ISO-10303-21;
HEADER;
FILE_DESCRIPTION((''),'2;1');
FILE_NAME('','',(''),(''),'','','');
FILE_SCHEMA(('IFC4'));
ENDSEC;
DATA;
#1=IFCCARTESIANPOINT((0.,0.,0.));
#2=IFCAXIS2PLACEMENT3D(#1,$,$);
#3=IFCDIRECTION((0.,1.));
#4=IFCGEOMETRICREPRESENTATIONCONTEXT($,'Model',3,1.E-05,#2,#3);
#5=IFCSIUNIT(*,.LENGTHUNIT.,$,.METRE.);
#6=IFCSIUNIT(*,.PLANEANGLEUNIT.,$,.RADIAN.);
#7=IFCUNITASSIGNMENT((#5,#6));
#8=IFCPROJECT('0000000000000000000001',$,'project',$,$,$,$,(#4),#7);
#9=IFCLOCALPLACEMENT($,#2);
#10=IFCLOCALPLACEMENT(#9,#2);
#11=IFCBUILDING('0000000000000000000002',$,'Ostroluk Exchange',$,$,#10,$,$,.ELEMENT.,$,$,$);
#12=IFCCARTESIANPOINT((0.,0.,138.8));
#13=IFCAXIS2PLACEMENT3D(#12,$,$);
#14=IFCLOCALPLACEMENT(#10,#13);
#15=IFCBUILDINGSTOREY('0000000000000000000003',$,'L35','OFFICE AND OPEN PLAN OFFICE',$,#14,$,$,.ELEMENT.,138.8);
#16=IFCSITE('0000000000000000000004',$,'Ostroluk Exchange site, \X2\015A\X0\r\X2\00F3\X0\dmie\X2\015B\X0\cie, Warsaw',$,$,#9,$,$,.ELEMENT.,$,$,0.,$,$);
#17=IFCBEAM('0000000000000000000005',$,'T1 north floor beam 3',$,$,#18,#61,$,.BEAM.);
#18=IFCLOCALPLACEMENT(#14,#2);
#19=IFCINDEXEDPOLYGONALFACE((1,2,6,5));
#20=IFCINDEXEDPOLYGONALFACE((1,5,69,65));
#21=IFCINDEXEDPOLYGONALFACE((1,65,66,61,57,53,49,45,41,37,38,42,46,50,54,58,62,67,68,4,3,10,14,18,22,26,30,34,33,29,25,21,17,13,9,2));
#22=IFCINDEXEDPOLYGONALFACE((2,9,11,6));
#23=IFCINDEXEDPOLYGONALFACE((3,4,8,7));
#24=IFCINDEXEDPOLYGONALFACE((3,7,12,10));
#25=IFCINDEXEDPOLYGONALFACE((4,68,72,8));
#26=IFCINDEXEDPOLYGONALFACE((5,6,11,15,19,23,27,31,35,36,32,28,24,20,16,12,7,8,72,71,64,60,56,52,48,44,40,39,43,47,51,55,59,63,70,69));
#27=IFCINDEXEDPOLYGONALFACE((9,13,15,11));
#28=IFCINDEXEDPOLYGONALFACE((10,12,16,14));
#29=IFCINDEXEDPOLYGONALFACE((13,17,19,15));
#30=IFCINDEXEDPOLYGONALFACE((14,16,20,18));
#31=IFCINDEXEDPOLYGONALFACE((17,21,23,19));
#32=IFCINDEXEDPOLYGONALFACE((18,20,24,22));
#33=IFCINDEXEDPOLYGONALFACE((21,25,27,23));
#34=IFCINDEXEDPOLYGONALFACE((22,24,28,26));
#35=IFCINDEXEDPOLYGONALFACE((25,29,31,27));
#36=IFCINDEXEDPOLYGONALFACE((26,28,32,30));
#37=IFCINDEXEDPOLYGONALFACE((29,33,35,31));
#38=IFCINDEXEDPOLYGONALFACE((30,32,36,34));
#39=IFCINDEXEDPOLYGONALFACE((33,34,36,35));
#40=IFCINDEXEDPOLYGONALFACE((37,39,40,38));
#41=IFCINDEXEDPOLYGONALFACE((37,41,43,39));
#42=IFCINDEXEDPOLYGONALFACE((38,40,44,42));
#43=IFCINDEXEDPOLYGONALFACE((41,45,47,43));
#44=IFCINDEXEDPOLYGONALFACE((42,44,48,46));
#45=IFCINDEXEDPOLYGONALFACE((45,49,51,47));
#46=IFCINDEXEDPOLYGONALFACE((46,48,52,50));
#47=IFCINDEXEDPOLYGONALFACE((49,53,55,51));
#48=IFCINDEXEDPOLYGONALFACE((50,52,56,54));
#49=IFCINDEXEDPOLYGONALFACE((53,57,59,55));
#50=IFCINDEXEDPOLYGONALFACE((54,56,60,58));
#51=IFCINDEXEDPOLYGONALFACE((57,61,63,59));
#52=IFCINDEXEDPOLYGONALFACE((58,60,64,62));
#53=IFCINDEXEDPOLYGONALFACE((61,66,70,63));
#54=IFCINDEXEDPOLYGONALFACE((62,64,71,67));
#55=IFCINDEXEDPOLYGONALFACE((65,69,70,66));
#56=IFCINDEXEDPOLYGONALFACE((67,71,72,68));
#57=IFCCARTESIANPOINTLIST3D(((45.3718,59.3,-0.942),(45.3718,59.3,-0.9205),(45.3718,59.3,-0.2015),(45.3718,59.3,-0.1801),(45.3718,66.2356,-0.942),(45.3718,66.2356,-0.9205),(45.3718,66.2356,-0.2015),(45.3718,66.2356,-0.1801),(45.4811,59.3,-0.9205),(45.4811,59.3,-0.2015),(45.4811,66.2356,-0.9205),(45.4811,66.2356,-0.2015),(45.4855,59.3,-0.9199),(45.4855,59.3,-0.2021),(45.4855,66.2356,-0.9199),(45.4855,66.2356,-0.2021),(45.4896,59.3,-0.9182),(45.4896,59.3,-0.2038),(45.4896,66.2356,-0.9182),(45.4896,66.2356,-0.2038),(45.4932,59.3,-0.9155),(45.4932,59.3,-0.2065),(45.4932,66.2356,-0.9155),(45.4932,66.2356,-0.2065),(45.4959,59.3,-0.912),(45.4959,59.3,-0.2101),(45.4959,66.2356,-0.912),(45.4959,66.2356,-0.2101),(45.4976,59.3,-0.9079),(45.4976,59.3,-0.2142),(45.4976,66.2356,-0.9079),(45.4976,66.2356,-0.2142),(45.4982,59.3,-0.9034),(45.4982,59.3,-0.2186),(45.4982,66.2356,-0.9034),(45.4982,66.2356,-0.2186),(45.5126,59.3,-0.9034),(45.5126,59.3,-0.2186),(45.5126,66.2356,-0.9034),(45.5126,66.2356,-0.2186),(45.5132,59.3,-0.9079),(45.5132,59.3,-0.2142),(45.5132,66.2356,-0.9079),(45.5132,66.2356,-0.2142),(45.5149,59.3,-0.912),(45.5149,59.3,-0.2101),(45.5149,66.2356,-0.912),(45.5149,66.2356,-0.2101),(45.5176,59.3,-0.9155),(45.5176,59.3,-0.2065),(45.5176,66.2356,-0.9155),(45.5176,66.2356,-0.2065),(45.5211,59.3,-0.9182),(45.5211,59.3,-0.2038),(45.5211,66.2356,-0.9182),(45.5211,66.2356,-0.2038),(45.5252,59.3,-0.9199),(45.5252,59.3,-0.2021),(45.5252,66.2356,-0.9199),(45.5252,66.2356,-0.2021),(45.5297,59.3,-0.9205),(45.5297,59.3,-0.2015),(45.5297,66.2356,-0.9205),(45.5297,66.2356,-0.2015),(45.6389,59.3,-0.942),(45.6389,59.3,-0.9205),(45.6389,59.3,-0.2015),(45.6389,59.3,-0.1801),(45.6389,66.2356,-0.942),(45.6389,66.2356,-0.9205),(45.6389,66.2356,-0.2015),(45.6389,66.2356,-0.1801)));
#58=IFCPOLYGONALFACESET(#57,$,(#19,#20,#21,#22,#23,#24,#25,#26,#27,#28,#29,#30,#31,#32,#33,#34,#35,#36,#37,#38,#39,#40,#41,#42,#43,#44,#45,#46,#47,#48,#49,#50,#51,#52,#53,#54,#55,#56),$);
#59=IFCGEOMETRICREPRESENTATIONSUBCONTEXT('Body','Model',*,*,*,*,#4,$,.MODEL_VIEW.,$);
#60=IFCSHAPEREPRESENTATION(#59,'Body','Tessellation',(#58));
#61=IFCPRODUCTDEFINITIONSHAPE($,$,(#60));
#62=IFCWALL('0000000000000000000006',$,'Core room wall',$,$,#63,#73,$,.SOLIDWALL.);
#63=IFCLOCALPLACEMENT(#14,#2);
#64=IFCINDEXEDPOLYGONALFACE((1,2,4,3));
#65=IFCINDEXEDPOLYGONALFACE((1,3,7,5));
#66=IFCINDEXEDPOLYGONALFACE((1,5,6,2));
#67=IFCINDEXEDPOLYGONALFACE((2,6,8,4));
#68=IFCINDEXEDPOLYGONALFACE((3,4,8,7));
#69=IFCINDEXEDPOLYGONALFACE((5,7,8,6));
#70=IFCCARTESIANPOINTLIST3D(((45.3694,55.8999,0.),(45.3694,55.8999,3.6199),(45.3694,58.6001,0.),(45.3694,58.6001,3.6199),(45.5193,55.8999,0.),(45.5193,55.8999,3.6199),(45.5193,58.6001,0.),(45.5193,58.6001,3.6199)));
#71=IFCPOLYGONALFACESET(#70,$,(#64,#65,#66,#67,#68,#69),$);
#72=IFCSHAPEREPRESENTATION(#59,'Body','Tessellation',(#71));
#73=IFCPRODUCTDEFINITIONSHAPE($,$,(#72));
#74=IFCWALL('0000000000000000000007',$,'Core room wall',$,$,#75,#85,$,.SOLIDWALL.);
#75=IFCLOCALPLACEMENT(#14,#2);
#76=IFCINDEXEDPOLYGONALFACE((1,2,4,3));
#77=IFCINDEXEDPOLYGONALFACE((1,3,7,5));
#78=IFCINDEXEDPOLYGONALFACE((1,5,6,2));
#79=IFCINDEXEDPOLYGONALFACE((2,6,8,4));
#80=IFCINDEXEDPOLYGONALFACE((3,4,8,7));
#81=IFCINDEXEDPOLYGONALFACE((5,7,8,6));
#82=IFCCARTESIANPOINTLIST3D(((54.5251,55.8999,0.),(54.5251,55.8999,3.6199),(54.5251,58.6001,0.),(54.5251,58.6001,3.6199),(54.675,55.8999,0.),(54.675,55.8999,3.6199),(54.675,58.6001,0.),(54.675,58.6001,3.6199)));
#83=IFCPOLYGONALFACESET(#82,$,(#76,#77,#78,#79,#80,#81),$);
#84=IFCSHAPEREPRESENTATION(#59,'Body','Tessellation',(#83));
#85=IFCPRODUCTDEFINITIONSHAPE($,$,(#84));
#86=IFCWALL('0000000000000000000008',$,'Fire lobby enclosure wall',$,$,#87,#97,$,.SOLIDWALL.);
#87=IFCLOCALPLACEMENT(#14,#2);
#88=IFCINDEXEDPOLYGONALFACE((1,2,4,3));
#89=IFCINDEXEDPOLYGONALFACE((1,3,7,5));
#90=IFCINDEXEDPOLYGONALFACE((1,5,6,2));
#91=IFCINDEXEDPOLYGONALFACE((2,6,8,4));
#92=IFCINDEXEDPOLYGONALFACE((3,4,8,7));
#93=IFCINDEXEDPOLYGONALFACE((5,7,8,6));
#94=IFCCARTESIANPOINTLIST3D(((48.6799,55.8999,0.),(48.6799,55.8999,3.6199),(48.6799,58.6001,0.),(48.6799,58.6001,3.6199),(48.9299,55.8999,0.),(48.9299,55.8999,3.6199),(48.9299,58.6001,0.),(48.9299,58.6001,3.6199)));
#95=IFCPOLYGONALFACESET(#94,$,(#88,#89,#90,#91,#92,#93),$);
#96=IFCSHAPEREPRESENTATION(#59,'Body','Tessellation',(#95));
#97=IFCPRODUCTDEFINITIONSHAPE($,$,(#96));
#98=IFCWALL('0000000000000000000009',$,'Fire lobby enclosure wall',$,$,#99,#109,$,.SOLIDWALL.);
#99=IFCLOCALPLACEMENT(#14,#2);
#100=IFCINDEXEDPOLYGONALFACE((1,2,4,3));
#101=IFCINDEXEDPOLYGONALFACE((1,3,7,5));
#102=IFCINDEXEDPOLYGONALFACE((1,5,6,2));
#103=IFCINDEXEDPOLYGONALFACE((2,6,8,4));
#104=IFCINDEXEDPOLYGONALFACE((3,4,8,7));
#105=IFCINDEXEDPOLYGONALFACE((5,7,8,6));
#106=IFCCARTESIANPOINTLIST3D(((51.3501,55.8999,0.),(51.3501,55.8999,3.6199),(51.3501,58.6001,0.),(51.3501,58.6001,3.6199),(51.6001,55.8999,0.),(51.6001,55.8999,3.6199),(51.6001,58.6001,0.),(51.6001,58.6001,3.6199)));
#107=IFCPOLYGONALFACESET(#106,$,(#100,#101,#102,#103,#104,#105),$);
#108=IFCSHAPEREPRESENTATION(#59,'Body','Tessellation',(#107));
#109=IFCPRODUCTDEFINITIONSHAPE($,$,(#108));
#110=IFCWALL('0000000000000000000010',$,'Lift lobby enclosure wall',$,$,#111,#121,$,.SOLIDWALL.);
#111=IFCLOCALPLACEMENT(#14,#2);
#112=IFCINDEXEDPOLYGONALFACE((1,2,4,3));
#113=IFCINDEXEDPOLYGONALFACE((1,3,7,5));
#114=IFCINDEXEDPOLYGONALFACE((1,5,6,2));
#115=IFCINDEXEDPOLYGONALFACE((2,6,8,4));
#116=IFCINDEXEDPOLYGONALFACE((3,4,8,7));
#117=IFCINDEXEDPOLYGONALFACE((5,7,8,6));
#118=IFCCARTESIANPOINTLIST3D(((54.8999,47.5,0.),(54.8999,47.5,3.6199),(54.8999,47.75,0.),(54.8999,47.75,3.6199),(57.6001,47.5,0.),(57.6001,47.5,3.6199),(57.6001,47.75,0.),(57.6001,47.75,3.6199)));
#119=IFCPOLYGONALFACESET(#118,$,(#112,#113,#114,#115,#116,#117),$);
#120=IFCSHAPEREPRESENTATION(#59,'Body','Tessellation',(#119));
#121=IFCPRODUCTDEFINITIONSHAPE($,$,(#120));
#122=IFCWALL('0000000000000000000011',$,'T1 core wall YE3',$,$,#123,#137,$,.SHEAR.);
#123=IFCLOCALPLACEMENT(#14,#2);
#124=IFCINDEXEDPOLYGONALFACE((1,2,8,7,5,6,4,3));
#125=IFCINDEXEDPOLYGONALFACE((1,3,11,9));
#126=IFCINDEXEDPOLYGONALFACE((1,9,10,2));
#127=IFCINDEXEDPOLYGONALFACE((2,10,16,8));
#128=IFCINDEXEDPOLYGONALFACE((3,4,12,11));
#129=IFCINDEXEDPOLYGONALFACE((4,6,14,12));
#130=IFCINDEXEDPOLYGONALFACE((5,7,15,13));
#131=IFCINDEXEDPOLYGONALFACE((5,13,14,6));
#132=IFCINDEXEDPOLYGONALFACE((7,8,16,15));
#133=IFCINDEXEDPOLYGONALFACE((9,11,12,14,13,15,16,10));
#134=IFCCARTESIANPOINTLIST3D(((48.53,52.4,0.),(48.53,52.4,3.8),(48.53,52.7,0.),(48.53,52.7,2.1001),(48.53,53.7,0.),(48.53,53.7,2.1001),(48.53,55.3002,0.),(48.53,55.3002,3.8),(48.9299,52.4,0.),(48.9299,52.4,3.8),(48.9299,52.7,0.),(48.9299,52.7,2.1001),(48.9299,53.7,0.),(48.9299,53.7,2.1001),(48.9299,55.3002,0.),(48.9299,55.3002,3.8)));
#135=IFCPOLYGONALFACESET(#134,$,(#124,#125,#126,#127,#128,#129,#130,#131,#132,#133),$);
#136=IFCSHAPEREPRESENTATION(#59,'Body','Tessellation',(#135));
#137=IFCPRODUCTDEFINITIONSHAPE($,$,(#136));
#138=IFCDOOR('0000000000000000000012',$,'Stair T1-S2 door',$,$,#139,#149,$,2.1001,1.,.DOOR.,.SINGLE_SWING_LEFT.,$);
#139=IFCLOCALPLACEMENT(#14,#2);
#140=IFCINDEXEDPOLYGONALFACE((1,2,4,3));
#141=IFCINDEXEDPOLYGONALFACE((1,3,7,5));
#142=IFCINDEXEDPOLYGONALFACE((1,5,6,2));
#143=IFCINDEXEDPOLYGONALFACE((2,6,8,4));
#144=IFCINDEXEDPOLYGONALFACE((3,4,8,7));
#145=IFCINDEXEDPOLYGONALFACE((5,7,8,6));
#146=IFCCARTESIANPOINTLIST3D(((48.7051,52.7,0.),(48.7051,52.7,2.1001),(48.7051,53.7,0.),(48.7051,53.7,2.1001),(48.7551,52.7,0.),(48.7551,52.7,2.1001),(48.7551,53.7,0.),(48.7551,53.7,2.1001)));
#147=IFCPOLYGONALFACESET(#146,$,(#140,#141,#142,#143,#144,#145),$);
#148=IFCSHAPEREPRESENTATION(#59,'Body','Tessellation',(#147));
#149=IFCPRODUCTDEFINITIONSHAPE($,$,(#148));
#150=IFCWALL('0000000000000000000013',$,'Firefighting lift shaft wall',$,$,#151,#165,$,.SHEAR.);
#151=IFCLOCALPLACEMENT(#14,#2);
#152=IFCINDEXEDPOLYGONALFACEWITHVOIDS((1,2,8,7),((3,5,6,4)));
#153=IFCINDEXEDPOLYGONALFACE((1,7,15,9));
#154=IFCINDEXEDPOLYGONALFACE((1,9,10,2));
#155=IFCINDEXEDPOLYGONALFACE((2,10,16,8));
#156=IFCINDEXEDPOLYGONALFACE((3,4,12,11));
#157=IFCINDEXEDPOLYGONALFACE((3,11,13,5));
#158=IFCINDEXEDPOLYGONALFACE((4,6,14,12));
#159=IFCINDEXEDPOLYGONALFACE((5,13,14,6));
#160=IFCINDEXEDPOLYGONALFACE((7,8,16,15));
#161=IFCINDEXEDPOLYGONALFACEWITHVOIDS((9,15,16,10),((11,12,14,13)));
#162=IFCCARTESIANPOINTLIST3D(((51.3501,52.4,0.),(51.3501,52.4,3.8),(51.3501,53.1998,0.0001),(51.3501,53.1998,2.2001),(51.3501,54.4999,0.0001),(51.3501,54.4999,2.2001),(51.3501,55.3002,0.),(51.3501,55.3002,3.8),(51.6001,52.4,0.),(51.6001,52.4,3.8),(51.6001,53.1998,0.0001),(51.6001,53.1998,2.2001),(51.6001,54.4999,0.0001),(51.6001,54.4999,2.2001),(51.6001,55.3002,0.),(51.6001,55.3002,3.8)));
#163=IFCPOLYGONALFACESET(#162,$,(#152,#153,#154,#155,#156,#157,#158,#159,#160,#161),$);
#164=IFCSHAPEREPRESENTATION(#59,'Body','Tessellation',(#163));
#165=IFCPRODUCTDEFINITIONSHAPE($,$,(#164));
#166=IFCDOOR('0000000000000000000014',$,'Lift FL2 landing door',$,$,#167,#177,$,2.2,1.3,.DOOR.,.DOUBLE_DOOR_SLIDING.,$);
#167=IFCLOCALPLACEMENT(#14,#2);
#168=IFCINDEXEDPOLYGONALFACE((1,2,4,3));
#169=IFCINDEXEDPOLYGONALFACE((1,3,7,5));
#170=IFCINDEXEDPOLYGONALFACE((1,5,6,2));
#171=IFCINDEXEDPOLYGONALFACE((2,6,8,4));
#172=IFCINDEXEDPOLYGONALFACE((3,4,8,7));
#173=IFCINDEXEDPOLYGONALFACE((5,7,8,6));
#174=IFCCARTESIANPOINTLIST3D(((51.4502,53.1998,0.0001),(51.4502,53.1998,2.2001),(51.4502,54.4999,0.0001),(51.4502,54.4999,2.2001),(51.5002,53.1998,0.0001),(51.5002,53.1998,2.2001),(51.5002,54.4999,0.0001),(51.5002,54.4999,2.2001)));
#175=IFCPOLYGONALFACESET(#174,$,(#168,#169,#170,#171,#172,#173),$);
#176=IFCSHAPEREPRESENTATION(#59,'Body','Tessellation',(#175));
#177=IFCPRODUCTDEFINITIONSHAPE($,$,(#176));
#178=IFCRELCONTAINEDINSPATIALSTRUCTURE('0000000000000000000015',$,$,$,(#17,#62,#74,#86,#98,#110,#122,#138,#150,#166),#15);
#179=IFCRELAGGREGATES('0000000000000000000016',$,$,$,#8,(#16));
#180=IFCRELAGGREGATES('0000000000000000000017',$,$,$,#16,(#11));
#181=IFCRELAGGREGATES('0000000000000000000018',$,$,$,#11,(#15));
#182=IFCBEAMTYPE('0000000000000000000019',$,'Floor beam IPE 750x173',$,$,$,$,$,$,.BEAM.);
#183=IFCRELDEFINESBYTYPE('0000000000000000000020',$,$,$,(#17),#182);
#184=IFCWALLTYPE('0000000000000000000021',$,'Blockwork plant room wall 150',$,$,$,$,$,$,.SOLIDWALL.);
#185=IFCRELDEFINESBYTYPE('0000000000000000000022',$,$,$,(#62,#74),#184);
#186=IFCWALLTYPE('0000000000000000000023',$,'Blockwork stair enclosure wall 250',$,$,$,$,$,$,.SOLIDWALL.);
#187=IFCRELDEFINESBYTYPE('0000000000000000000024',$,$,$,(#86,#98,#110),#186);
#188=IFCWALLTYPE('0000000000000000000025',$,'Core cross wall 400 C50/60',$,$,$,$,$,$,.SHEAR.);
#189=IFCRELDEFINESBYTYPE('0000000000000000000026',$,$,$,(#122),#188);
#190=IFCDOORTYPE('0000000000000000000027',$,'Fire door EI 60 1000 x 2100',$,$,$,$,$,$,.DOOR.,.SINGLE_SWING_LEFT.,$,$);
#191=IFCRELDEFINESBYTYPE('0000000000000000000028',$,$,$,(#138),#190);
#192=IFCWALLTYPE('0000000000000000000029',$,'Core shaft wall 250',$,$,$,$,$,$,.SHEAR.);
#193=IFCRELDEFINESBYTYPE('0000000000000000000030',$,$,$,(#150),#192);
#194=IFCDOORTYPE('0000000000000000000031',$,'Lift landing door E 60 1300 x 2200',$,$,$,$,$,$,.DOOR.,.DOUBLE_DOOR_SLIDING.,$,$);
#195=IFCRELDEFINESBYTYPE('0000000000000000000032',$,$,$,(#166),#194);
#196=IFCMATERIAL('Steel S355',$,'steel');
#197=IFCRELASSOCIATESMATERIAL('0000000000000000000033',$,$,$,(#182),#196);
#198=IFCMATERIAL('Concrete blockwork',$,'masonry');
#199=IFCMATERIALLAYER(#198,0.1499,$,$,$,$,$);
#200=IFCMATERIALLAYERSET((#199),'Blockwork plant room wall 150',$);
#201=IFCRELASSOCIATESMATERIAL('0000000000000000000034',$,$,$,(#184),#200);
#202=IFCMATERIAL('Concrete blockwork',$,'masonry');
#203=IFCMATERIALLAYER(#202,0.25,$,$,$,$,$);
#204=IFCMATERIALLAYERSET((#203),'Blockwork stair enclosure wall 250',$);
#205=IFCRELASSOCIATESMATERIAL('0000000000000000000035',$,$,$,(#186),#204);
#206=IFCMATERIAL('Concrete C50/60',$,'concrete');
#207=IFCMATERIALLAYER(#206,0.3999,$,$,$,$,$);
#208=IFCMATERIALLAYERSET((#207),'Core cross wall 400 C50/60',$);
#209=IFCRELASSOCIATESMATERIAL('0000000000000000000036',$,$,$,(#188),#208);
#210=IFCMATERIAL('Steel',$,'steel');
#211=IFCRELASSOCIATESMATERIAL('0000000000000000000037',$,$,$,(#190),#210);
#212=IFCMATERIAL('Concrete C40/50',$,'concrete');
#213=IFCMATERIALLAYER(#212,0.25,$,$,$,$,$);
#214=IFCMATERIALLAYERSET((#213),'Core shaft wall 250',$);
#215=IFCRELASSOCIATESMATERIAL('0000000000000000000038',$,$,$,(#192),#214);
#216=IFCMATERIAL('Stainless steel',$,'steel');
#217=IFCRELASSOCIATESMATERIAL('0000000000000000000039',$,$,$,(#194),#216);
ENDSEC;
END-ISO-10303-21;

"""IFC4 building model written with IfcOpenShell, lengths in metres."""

from ifc_helpers import new_model, si_unit, direction, frame, frame_2d, origin, origin_2d, place, context, subcontext, project, spatial, rectangle, i_section, extrude, material, layer, layer_set, material_profile, profile_set, type_object, element, fill, save


model = new_model("IFC4")

# Units and contexts
model_context = context("Model", 3, precision=1e-05, world=origin(), true_north=direction((0.0, 1.0)))
body_context = subcontext(model_context, "Body", "Model", "MODEL_VIEW")
ifc_project = project(units=[si_unit("LENGTHUNIT", "METRE"), si_unit("PLANEANGLEUNIT", "RADIAN")], contexts=[model_context])

# Site, building, storey
site_placement = place(None, origin())
site = spatial("IfcSite", under=ifc_project, at=site_placement, Name="Ostroluk Exchange site, Śródmieście, Warsaw", CompositionType="ELEMENT", RefElevation=0.0)
building_placement = place(site_placement, origin())
building = spatial("IfcBuilding", under=site, at=building_placement, Name="Ostroluk Exchange", CompositionType="ELEMENT")
storey_placement = place(building_placement, frame((0.0, 0.0, 138.8)))
storey = spatial("IfcBuildingStorey", under=building, at=storey_placement, Name="L35", Description="OFFICE AND OPEN PLAN OFFICE", CompositionType="ELEMENT", Elevation=138.8)

# Beam
ifc_material_1 = material(Name="Steel S355", Category="steel")
ifc_material_profile_1 = material_profile(ifc_material_1, i_section(OverallWidth=0.2671, OverallDepth=0.762, WebThickness=0.0144, FlangeThickness=0.0215, FilletRadius=0.0171, at=origin_2d()), Name="IPE 750x173")
ifc_profile_set_1 = profile_set([ifc_material_profile_1], Name="Steel S355")
beam_type_1 = type_object("IfcBeamType", Name="Floor beam IPE 750x173", PredefinedType="BEAM", material=ifc_profile_set_1)
for number, where, z_axis, x_axis, name in (
    (1, (45.5054, 59.3, -0.561), (0.0, 1.0, 0.0), (-1.0, 0.0, 0.0), "T1 north floor beam 3"),
):
    element("IfcBeam", number, at=place(storey_placement, frame(where, z_axis=z_axis, x_axis=x_axis)), inside=storey, type_object=beam_type_1, Name=name, PredefinedType="BEAM", context=body_context, shape_type="SweptSolid", body=[
        extrude(i_section(OverallWidth=0.2671, OverallDepth=0.762, WebThickness=0.0144, FlangeThickness=0.0215, FilletRadius=0.0171, at=origin_2d()), origin(), (0.0, 0.0, 1.0), 6.9355),
    ])

# Walls
ifc_material_2 = material(Name="Concrete blockwork", Category="masonry")
ifc_layer_1 = layer(ifc_material_2, 0.1499)
ifc_layer_set_1 = layer_set([ifc_layer_1], Name="Blockwork plant room wall 150")
wall_type_1 = type_object("IfcWallType", Name="Blockwork plant room wall 150", PredefinedType="SOLIDWALL", material=ifc_layer_set_1)
for number, where, z_axis, x_axis, name in (
    (2, (45.4443, 55.8999, 0.0), (0.0, 0.0, 1.0), (0.0, 1.0, 0.0), "Core room wall"),
    (3, (54.6001, 55.8999, 0.0), (0.0, 0.0, 1.0), (0.0, 1.0, 0.0), "Core room wall"),
):
    element("IfcWall", number, at=place(storey_placement, frame(where, z_axis=z_axis, x_axis=x_axis)), inside=storey, type_object=wall_type_1, Name=name, PredefinedType="SOLIDWALL", context=body_context, shape_type="SweptSolid", body=[
        extrude(rectangle(XDim=2.7002, YDim=0.1499, at=frame_2d((1.3501, 0.0))), origin(), (0.0, 0.0, 1.0), 3.6199),
    ])
ifc_material_3 = material(Name="Concrete blockwork", Category="masonry")
ifc_layer_2 = layer(ifc_material_3, 0.25)
ifc_layer_set_2 = layer_set([ifc_layer_2], Name="Blockwork stair enclosure wall 250")
wall_type_2 = type_object("IfcWallType", Name="Blockwork stair enclosure wall 250", PredefinedType="SOLIDWALL", material=ifc_layer_set_2)
for number, where, z_axis, x_axis, name in (
    (4, (48.8049, 55.8999, 0.0), (0.0, 0.0, 1.0), (0.0, 1.0, 0.0), "Fire lobby enclosure wall"),
    (5, (51.4751, 55.8999, 0.0), (0.0, 0.0, 1.0), (0.0, 1.0, 0.0), "Fire lobby enclosure wall"),
    (6, (54.8999, 47.625, 0.0), (0.0, 0.0, 1.0), (1.0, 0.0, 0.0), "Lift lobby enclosure wall"),
):
    element("IfcWall", number, at=place(storey_placement, frame(where, z_axis=z_axis, x_axis=x_axis)), inside=storey, type_object=wall_type_2, Name=name, PredefinedType="SOLIDWALL", context=body_context, shape_type="SweptSolid", body=[
        extrude(rectangle(XDim=2.7002, YDim=0.25, at=frame_2d((1.3501, 0.0))), origin(), (0.0, 0.0, 1.0), 3.6199),
    ])

# Walls, openings, doors
ifc_material_4 = material(Name="Concrete C50/60", Category="concrete")
ifc_layer_3 = layer(ifc_material_4, 0.3999)
ifc_layer_set_3 = layer_set([ifc_layer_3], Name="Core cross wall 400 C50/60")
wall_type_3 = type_object("IfcWallType", Name="Core cross wall 400 C50/60", PredefinedType="SHEAR", material=ifc_layer_set_3)
wall_1_placement = place(storey_placement, frame((48.73, 52.3999, 0.0), z_axis=(0.0, 0.0, 1.0), x_axis=(0.0, 1.0, 0.0)))
wall_1 = element("IfcWall", 7, at=wall_1_placement, inside=storey, type_object=wall_type_3, Name="T1 core wall YE3", PredefinedType="SHEAR", context=body_context, shape_type="SweptSolid", body=[
    extrude(rectangle(XDim=2.9001, YDim=0.3999, at=frame_2d((1.4502, 0.0))), origin(), (0.0, 0.0, 1.0), 3.8),
])
opening_1_placement = place(wall_1_placement, frame((0.3, 0.0, 0.0)))
opening_1 = element("IfcOpeningElement", 8, at=opening_1_placement, cuts=wall_1, PredefinedType="OPENING", context=body_context, shape_type="SweptSolid", body=[
    extrude(rectangle(XDim=1.0, YDim=2.1001, at=frame_2d((0.5, 1.05))), frame((0.0, 0.21, 0.0), z_axis=(0.0, -1.0, 0.0), x_axis=(1.0, 0.0, 0.0)), (0.0, 0.0, 1.0), 0.4199),
])
ifc_material_5 = material(Name="Steel", Category="steel")
door_type_1 = type_object("IfcDoorType", Name="Fire door EI 60 1000 x 2100", OperationType="SINGLE_SWING_LEFT", PredefinedType="DOOR", material=ifc_material_5)
door_1_placement = place(opening_1_placement, origin())
door_1 = element("IfcDoor", 9, at=door_1_placement, inside=storey, type_object=door_type_1, Name="Stair T1-S2 door", OperationType="SINGLE_SWING_LEFT", OverallHeight=2.1001, OverallWidth=1.0, PredefinedType="DOOR", context=body_context, shape_type="SweptSolid", body=[
    extrude(rectangle(XDim=1.0, YDim=2.1001, at=frame_2d((0.5, 1.05))), frame((0.0, 0.0249, 0.0), z_axis=(0.0, -1.0, 0.0), x_axis=(1.0, 0.0, 0.0)), (0.0, 0.0, 1.0), 0.05),
])
fill(opening_1, door_1)
ifc_material_6 = material(Name="Concrete C40/50", Category="concrete")
ifc_layer_4 = layer(ifc_material_6, 0.25)
ifc_layer_set_4 = layer_set([ifc_layer_4], Name="Core shaft wall 250")
wall_type_4 = type_object("IfcWallType", Name="Core shaft wall 250", PredefinedType="SHEAR", material=ifc_layer_set_4)
wall_2_placement = place(storey_placement, frame((51.4751, 52.3999, 0.0), z_axis=(0.0, 0.0, 1.0), x_axis=(0.0, 1.0, 0.0)))
wall_2 = element("IfcWall", 10, at=wall_2_placement, inside=storey, type_object=wall_type_4, Name="Firefighting lift shaft wall", PredefinedType="SHEAR", context=body_context, shape_type="SweptSolid", body=[
    extrude(rectangle(XDim=2.9001, YDim=0.25, at=frame_2d((1.4502, 0.0))), origin(), (0.0, 0.0, 1.0), 3.8),
])
opening_2_placement = place(wall_2_placement, frame((0.8, 0.0, 0.0)))
opening_2 = element("IfcOpeningElement", 11, at=opening_2_placement, cuts=wall_2, PredefinedType="OPENING", context=body_context, shape_type="SweptSolid", body=[
    extrude(rectangle(XDim=1.3, YDim=2.2, at=frame_2d((0.6499, 1.1001))), frame((0.0, 0.135, 0.0), z_axis=(0.0, -1.0, 0.0), x_axis=(1.0, 0.0, 0.0)), (0.0, 0.0, 1.0), 0.27),
])
ifc_material_7 = material(Name="Stainless steel", Category="steel")
door_type_2 = type_object("IfcDoorType", Name="Lift landing door E 60 1300 x 2200", OperationType="DOUBLE_DOOR_SLIDING", PredefinedType="DOOR", material=ifc_material_7)
door_2_placement = place(opening_2_placement, origin())
door_2 = element("IfcDoor", 12, at=door_2_placement, inside=storey, type_object=door_type_2, Name="Lift FL2 landing door", OperationType="DOUBLE_DOOR_SLIDING", OverallHeight=2.2, OverallWidth=1.3, PredefinedType="DOOR", context=body_context, shape_type="SweptSolid", body=[
    extrude(rectangle(XDim=1.3, YDim=2.2, at=frame_2d((0.6499, 1.1001))), frame((0.0, 0.0249, 0.0), z_axis=(0.0, -1.0, 0.0), x_axis=(1.0, 0.0, 0.0)), (0.0, 0.0, 1.0), 0.05),
])
fill(opening_2, door_2)

save(model, "model.ifc")
